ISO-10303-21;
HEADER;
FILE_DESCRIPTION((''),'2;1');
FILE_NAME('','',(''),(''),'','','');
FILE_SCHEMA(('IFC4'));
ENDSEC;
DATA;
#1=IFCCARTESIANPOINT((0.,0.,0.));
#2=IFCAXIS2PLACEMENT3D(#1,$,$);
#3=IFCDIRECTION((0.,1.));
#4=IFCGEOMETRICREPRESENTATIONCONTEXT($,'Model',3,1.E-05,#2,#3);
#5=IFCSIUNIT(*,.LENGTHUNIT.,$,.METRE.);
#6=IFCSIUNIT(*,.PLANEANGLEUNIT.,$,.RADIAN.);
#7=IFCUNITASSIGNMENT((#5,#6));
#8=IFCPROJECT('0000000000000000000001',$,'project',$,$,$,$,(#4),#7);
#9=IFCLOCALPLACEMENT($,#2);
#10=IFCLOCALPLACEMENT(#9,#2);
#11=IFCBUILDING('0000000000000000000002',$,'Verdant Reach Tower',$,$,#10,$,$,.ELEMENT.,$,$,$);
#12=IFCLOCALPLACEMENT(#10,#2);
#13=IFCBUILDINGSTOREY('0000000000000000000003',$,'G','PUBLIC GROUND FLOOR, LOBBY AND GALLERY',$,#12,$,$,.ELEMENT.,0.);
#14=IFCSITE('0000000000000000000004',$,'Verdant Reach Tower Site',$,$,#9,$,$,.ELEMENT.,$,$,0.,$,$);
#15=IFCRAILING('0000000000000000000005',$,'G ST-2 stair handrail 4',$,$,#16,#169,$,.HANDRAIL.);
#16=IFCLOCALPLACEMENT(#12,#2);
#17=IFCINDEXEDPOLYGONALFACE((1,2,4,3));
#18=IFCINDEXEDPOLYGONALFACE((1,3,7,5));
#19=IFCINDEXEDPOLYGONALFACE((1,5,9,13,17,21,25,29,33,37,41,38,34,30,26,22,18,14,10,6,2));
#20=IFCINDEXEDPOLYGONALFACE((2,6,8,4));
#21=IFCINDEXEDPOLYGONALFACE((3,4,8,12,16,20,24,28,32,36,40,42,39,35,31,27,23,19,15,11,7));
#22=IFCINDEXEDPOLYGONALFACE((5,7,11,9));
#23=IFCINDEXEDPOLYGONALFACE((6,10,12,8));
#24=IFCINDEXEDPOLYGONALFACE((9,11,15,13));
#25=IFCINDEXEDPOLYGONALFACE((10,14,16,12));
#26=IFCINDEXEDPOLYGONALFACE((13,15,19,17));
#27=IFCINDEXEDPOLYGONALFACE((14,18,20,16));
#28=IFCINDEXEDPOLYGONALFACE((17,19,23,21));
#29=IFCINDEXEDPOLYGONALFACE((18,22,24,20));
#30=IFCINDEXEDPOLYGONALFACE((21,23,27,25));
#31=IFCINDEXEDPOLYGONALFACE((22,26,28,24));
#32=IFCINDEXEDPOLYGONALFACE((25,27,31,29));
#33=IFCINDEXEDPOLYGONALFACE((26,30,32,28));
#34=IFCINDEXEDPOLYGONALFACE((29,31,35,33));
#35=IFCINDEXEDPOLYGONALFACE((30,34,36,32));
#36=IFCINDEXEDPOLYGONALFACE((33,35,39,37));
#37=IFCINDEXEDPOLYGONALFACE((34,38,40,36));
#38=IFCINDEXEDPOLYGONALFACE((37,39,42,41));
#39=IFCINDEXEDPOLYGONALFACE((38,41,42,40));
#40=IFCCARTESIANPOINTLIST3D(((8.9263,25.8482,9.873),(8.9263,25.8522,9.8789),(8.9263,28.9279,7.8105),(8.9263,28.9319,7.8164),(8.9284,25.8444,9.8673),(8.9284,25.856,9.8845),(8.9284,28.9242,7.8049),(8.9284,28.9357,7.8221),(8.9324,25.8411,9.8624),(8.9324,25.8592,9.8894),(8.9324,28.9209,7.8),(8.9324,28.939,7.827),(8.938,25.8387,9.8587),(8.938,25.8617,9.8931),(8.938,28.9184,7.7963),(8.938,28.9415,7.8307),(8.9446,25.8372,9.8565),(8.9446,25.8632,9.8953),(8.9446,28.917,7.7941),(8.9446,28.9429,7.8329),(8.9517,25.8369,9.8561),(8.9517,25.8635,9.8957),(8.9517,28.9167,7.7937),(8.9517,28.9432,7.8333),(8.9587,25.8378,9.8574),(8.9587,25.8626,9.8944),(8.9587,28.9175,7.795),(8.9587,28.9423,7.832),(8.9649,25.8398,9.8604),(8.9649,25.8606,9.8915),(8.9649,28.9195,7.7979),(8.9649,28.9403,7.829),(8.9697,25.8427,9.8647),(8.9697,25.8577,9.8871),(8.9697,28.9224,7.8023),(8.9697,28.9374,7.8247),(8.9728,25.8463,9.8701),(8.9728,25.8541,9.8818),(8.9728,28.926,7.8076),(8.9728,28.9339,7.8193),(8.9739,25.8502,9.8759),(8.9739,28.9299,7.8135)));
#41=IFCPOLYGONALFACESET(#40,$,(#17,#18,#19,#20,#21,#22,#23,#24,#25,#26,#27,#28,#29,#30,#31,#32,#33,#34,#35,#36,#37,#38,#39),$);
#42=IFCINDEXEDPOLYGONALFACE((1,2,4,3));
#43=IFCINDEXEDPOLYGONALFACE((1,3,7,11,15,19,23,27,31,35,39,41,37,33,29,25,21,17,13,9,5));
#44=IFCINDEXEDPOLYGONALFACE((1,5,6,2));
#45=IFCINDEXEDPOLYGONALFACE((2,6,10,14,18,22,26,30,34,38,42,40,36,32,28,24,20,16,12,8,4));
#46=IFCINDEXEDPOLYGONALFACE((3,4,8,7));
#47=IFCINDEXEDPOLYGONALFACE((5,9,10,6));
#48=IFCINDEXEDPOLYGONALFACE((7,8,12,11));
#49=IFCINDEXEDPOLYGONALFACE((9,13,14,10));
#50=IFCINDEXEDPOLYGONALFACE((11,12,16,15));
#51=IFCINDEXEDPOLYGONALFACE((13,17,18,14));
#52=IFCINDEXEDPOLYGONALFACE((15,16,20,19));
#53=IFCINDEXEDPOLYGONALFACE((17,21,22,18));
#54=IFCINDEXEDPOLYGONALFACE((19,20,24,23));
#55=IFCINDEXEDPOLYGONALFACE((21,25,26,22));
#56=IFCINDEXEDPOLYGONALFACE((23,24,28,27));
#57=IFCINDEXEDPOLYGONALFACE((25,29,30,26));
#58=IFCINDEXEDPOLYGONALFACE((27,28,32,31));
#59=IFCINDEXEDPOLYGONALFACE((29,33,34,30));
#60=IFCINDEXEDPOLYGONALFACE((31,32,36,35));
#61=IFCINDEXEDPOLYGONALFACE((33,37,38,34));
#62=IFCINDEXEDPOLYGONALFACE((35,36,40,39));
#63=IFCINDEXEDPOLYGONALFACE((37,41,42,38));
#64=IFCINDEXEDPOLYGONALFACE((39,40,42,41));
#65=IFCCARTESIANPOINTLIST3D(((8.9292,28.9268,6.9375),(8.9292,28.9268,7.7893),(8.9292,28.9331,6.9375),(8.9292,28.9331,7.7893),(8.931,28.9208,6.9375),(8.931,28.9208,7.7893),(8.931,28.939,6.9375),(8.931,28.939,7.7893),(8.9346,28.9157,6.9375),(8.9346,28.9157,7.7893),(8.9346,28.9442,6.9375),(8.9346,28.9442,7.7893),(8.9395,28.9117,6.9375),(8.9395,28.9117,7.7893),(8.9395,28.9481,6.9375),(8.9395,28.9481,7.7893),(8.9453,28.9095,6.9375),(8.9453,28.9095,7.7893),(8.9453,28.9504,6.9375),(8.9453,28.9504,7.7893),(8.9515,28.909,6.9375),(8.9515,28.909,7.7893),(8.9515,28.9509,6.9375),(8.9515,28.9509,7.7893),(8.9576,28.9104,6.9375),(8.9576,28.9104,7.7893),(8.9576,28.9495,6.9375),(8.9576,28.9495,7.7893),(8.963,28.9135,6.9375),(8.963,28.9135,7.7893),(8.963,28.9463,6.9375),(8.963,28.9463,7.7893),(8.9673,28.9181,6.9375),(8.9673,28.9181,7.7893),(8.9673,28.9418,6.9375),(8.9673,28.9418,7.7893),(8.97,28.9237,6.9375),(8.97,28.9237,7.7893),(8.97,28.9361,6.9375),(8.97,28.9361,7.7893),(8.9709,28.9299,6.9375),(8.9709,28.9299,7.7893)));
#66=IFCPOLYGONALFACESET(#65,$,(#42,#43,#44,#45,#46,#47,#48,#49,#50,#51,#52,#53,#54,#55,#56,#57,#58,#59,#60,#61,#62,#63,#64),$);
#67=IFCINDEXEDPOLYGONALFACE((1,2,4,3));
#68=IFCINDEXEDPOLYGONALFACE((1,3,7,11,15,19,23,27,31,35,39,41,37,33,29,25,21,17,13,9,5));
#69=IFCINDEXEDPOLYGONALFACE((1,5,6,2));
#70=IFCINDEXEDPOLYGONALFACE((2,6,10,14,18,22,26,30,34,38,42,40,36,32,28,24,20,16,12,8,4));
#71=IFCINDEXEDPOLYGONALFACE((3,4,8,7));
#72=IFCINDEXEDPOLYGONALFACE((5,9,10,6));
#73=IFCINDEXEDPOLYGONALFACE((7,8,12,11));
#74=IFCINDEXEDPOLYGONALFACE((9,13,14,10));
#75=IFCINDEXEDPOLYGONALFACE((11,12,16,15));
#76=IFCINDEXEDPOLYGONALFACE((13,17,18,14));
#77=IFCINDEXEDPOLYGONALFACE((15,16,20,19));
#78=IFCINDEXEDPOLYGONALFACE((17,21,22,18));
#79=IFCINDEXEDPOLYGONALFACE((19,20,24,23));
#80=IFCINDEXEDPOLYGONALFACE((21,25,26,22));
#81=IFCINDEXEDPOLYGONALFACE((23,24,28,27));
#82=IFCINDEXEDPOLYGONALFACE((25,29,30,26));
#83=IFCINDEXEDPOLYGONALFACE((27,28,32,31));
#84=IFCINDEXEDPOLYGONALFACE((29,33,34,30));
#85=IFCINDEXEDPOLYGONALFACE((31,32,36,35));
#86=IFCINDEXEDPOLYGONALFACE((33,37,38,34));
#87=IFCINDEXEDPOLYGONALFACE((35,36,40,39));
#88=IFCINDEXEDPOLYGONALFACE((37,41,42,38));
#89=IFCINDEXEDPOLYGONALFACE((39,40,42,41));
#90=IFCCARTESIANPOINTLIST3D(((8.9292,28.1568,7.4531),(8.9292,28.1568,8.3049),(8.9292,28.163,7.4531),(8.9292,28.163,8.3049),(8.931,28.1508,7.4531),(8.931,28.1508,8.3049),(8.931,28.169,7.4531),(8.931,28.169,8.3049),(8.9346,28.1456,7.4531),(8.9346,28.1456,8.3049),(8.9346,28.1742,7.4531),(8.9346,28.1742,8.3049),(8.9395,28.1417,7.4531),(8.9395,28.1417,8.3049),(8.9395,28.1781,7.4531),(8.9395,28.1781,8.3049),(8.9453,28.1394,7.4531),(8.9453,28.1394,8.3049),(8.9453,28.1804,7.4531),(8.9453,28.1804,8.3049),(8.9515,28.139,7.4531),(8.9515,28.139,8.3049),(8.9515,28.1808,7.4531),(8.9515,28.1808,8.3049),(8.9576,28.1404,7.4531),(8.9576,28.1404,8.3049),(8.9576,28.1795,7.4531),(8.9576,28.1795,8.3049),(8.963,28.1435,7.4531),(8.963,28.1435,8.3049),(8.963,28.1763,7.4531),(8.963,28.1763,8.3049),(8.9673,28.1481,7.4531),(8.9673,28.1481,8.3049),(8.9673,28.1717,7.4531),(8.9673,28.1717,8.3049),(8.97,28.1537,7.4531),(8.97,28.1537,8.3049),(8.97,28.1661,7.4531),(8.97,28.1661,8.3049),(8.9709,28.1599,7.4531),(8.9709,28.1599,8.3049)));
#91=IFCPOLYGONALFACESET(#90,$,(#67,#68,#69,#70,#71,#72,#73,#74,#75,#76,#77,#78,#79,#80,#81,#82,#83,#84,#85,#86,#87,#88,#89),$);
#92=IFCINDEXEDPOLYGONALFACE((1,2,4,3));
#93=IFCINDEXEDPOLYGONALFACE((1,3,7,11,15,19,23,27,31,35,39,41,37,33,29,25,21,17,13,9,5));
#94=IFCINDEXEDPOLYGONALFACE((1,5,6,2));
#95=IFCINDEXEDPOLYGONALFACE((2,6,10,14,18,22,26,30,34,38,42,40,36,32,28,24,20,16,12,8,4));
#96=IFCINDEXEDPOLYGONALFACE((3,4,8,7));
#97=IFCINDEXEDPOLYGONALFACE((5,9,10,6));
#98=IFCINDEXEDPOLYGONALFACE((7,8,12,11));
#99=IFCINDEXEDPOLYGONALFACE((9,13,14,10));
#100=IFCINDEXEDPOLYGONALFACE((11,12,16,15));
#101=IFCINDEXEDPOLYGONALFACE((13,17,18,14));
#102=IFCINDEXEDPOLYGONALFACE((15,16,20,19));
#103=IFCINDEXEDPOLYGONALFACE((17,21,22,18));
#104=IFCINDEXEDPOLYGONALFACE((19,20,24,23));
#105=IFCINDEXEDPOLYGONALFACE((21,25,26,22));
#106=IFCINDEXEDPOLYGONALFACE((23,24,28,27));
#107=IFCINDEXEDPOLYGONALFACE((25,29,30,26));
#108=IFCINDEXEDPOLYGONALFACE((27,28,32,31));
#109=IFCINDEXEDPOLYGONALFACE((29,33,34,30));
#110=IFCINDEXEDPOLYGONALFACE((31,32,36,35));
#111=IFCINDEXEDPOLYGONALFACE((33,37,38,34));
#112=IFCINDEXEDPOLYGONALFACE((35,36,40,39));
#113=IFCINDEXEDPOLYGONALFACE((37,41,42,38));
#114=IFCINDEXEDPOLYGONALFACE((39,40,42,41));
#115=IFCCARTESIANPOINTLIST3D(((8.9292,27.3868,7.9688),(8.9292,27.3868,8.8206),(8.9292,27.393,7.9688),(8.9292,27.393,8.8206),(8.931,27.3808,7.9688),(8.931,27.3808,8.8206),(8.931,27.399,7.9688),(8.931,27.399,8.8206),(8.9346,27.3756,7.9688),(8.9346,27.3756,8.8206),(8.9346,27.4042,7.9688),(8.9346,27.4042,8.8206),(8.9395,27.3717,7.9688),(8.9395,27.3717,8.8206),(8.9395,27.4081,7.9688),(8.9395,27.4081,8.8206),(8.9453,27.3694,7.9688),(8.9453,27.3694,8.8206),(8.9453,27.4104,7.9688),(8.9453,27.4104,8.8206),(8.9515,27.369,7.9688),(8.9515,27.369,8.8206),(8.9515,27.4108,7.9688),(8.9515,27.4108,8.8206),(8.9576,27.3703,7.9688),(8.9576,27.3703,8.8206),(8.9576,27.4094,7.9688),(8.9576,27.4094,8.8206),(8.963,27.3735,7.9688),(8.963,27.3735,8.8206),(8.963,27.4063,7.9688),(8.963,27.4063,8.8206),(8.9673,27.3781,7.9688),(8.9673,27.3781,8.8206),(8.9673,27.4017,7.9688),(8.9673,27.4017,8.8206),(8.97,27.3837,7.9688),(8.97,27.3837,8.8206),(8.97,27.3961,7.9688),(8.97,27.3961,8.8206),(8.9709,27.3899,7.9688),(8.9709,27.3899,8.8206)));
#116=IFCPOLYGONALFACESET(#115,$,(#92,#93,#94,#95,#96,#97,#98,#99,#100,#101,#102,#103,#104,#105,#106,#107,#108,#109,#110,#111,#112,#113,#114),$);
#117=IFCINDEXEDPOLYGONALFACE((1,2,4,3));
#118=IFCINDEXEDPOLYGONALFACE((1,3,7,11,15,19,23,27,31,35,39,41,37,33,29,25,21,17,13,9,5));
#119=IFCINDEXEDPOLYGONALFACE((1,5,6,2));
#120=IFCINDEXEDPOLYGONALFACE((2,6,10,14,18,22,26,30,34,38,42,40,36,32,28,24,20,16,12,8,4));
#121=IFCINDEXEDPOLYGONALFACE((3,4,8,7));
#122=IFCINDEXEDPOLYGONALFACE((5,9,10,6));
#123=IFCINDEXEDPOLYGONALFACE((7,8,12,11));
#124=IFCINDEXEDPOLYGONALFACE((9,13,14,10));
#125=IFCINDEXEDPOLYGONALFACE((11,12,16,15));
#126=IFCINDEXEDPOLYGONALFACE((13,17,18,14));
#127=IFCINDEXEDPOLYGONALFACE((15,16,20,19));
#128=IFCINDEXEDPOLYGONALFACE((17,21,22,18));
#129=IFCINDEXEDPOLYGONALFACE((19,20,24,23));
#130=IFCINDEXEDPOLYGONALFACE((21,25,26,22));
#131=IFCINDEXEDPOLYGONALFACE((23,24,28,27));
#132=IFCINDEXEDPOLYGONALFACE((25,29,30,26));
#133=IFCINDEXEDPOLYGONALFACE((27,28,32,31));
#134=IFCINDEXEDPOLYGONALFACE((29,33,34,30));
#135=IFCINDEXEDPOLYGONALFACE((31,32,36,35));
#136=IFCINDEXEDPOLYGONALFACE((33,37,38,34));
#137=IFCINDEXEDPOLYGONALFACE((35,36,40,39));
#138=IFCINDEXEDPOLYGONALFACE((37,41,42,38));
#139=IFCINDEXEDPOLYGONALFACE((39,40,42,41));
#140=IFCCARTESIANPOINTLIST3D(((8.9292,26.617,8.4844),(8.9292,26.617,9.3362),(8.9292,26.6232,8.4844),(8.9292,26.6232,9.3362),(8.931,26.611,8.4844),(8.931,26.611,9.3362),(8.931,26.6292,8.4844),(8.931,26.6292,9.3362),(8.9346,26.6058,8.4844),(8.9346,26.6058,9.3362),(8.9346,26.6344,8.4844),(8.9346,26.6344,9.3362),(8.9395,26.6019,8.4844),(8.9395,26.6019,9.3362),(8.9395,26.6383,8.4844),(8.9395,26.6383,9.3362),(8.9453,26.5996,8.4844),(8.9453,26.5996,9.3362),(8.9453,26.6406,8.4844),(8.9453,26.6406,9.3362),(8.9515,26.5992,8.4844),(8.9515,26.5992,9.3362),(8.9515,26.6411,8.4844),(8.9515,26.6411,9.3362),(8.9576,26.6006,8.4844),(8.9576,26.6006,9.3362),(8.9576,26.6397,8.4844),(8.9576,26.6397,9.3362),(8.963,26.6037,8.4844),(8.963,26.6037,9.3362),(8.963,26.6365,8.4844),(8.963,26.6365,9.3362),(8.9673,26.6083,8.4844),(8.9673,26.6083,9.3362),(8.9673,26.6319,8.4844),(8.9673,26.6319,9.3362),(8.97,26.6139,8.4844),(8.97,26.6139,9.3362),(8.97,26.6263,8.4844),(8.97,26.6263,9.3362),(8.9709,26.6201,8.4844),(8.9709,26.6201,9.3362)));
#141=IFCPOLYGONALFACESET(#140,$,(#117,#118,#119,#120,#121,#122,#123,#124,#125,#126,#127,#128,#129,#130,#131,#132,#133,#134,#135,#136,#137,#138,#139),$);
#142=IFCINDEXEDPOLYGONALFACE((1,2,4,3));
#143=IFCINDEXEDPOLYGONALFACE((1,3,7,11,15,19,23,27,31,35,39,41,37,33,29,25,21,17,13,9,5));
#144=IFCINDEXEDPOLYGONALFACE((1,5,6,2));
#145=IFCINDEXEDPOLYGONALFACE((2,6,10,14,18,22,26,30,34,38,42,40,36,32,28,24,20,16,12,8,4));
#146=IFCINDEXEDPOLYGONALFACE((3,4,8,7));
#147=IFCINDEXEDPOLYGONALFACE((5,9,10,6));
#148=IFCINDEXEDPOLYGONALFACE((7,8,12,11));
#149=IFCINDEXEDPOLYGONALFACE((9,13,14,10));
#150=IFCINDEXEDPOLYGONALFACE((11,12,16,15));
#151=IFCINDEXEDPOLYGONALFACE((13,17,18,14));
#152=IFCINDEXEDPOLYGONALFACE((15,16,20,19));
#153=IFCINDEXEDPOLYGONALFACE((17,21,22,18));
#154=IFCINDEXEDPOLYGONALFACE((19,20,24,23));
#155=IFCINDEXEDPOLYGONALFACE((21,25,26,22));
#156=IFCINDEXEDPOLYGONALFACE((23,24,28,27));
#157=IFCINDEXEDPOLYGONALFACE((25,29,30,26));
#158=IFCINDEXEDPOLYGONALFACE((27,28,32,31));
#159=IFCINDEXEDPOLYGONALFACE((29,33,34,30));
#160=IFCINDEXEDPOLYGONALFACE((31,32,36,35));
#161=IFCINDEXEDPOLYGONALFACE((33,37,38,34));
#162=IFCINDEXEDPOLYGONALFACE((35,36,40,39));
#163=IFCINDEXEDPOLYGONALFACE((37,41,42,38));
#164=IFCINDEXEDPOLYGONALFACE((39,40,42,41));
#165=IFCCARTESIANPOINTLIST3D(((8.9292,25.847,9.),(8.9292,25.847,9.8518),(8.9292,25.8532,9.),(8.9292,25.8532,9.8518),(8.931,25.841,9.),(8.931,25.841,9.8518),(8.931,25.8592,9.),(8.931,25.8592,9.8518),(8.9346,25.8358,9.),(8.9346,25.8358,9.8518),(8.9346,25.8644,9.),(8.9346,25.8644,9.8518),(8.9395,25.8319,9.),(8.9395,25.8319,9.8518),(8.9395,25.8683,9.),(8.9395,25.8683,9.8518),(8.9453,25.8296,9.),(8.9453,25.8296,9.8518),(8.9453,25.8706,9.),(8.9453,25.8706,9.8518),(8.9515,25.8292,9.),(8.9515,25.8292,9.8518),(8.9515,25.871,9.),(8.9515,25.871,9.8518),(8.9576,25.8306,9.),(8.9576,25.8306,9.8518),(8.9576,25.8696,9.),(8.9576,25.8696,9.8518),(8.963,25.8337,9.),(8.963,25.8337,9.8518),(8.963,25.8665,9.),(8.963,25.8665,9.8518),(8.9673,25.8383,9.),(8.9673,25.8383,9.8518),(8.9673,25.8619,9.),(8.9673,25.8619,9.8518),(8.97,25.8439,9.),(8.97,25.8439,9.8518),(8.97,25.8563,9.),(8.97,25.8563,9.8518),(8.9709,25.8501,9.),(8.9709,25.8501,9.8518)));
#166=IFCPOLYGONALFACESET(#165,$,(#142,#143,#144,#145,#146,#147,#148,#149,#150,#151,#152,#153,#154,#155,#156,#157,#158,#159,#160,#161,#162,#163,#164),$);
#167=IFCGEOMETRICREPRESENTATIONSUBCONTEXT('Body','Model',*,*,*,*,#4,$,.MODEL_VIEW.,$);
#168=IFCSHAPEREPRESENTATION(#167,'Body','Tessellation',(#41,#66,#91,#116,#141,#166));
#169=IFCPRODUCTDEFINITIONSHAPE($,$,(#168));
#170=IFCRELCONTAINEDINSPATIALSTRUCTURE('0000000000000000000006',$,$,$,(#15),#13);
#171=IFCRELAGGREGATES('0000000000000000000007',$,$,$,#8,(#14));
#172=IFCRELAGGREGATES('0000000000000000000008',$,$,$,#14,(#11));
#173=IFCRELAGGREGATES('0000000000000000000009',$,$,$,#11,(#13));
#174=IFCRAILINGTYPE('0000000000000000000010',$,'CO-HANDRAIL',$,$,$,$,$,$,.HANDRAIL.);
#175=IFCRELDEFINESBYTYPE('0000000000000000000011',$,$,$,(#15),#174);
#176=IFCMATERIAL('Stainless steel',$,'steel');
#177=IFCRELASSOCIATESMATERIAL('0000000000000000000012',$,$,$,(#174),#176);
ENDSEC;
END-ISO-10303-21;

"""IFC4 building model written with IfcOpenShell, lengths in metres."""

from ifc_helpers import new_model, si_unit, direction, frame, origin, origin_2d, place, context, subcontext, project, spatial, circle, extrude, material, type_object, element, save


model = new_model("IFC4")

# Units and contexts
model_context = context("Model", 3, precision=1e-05, world=origin(), true_north=direction((0.0, 1.0)))
body_context = subcontext(model_context, "Body", "Model", "MODEL_VIEW")
ifc_project = project(units=[si_unit("LENGTHUNIT", "METRE"), si_unit("PLANEANGLEUNIT", "RADIAN")], contexts=[model_context])

# Site, building, storey
site_placement = place(None, origin())
site = spatial("IfcSite", under=ifc_project, at=site_placement, Name="Verdant Reach Tower Site", CompositionType="ELEMENT", RefElevation=0.0)
building_placement = place(site_placement, origin())
building = spatial("IfcBuilding", under=site, at=building_placement, Name="Verdant Reach Tower", CompositionType="ELEMENT")
storey_placement = place(building_placement, origin())
storey = spatial("IfcBuildingStorey", under=building, at=storey_placement, Name="G", Description="PUBLIC GROUND FLOOR, LOBBY AND GALLERY", CompositionType="ELEMENT", Elevation=0.0)

# Railing
ifc_material_1 = material(Name="Stainless steel", Category="steel")
railing_type_1 = type_object("IfcRailingType", Name="CO-HANDRAIL", PredefinedType="HANDRAIL", material=ifc_material_1)
railing_1_placement = place(storey_placement, frame((8.95, 28.9299, 6.9375)))
element("IfcRailing", 1, at=railing_1_placement, inside=storey, type_object=railing_type_1, Name="G ST-2 stair handrail 4", PredefinedType="HANDRAIL", context=body_context, shape_type="SweptSolid", body=[
    extrude(circle(Radius=0.0239, at=origin_2d()), frame((0.0, 0.0, 0.876), z_axis=(0.0, -0.830893, 0.556432), x_axis=(1.0, 0.0, 0.0)), (0.0, 0.0, 1.0), 3.7065),
    extrude(circle(Radius=0.021, at=origin_2d()), origin(), (0.0, 0.0, 1.0), 0.8518),
    extrude(circle(Radius=0.021, at=origin_2d()), frame((0.0, -0.77, 0.5156)), (0.0, 0.0, 1.0), 0.8518),
    extrude(circle(Radius=0.021, at=origin_2d()), frame((0.0, -1.54, 1.0312)), (0.0, 0.0, 1.0), 0.8518),
    extrude(circle(Radius=0.021, at=origin_2d()), frame((0.0, -2.3098, 1.5469)), (0.0, 0.0, 1.0), 0.8518),
    extrude(circle(Radius=0.021, at=origin_2d()), frame((0.0, -3.0798, 2.0625)), (0.0, 0.0, 1.0), 0.8518),
])

save(model, "model.ifc")
